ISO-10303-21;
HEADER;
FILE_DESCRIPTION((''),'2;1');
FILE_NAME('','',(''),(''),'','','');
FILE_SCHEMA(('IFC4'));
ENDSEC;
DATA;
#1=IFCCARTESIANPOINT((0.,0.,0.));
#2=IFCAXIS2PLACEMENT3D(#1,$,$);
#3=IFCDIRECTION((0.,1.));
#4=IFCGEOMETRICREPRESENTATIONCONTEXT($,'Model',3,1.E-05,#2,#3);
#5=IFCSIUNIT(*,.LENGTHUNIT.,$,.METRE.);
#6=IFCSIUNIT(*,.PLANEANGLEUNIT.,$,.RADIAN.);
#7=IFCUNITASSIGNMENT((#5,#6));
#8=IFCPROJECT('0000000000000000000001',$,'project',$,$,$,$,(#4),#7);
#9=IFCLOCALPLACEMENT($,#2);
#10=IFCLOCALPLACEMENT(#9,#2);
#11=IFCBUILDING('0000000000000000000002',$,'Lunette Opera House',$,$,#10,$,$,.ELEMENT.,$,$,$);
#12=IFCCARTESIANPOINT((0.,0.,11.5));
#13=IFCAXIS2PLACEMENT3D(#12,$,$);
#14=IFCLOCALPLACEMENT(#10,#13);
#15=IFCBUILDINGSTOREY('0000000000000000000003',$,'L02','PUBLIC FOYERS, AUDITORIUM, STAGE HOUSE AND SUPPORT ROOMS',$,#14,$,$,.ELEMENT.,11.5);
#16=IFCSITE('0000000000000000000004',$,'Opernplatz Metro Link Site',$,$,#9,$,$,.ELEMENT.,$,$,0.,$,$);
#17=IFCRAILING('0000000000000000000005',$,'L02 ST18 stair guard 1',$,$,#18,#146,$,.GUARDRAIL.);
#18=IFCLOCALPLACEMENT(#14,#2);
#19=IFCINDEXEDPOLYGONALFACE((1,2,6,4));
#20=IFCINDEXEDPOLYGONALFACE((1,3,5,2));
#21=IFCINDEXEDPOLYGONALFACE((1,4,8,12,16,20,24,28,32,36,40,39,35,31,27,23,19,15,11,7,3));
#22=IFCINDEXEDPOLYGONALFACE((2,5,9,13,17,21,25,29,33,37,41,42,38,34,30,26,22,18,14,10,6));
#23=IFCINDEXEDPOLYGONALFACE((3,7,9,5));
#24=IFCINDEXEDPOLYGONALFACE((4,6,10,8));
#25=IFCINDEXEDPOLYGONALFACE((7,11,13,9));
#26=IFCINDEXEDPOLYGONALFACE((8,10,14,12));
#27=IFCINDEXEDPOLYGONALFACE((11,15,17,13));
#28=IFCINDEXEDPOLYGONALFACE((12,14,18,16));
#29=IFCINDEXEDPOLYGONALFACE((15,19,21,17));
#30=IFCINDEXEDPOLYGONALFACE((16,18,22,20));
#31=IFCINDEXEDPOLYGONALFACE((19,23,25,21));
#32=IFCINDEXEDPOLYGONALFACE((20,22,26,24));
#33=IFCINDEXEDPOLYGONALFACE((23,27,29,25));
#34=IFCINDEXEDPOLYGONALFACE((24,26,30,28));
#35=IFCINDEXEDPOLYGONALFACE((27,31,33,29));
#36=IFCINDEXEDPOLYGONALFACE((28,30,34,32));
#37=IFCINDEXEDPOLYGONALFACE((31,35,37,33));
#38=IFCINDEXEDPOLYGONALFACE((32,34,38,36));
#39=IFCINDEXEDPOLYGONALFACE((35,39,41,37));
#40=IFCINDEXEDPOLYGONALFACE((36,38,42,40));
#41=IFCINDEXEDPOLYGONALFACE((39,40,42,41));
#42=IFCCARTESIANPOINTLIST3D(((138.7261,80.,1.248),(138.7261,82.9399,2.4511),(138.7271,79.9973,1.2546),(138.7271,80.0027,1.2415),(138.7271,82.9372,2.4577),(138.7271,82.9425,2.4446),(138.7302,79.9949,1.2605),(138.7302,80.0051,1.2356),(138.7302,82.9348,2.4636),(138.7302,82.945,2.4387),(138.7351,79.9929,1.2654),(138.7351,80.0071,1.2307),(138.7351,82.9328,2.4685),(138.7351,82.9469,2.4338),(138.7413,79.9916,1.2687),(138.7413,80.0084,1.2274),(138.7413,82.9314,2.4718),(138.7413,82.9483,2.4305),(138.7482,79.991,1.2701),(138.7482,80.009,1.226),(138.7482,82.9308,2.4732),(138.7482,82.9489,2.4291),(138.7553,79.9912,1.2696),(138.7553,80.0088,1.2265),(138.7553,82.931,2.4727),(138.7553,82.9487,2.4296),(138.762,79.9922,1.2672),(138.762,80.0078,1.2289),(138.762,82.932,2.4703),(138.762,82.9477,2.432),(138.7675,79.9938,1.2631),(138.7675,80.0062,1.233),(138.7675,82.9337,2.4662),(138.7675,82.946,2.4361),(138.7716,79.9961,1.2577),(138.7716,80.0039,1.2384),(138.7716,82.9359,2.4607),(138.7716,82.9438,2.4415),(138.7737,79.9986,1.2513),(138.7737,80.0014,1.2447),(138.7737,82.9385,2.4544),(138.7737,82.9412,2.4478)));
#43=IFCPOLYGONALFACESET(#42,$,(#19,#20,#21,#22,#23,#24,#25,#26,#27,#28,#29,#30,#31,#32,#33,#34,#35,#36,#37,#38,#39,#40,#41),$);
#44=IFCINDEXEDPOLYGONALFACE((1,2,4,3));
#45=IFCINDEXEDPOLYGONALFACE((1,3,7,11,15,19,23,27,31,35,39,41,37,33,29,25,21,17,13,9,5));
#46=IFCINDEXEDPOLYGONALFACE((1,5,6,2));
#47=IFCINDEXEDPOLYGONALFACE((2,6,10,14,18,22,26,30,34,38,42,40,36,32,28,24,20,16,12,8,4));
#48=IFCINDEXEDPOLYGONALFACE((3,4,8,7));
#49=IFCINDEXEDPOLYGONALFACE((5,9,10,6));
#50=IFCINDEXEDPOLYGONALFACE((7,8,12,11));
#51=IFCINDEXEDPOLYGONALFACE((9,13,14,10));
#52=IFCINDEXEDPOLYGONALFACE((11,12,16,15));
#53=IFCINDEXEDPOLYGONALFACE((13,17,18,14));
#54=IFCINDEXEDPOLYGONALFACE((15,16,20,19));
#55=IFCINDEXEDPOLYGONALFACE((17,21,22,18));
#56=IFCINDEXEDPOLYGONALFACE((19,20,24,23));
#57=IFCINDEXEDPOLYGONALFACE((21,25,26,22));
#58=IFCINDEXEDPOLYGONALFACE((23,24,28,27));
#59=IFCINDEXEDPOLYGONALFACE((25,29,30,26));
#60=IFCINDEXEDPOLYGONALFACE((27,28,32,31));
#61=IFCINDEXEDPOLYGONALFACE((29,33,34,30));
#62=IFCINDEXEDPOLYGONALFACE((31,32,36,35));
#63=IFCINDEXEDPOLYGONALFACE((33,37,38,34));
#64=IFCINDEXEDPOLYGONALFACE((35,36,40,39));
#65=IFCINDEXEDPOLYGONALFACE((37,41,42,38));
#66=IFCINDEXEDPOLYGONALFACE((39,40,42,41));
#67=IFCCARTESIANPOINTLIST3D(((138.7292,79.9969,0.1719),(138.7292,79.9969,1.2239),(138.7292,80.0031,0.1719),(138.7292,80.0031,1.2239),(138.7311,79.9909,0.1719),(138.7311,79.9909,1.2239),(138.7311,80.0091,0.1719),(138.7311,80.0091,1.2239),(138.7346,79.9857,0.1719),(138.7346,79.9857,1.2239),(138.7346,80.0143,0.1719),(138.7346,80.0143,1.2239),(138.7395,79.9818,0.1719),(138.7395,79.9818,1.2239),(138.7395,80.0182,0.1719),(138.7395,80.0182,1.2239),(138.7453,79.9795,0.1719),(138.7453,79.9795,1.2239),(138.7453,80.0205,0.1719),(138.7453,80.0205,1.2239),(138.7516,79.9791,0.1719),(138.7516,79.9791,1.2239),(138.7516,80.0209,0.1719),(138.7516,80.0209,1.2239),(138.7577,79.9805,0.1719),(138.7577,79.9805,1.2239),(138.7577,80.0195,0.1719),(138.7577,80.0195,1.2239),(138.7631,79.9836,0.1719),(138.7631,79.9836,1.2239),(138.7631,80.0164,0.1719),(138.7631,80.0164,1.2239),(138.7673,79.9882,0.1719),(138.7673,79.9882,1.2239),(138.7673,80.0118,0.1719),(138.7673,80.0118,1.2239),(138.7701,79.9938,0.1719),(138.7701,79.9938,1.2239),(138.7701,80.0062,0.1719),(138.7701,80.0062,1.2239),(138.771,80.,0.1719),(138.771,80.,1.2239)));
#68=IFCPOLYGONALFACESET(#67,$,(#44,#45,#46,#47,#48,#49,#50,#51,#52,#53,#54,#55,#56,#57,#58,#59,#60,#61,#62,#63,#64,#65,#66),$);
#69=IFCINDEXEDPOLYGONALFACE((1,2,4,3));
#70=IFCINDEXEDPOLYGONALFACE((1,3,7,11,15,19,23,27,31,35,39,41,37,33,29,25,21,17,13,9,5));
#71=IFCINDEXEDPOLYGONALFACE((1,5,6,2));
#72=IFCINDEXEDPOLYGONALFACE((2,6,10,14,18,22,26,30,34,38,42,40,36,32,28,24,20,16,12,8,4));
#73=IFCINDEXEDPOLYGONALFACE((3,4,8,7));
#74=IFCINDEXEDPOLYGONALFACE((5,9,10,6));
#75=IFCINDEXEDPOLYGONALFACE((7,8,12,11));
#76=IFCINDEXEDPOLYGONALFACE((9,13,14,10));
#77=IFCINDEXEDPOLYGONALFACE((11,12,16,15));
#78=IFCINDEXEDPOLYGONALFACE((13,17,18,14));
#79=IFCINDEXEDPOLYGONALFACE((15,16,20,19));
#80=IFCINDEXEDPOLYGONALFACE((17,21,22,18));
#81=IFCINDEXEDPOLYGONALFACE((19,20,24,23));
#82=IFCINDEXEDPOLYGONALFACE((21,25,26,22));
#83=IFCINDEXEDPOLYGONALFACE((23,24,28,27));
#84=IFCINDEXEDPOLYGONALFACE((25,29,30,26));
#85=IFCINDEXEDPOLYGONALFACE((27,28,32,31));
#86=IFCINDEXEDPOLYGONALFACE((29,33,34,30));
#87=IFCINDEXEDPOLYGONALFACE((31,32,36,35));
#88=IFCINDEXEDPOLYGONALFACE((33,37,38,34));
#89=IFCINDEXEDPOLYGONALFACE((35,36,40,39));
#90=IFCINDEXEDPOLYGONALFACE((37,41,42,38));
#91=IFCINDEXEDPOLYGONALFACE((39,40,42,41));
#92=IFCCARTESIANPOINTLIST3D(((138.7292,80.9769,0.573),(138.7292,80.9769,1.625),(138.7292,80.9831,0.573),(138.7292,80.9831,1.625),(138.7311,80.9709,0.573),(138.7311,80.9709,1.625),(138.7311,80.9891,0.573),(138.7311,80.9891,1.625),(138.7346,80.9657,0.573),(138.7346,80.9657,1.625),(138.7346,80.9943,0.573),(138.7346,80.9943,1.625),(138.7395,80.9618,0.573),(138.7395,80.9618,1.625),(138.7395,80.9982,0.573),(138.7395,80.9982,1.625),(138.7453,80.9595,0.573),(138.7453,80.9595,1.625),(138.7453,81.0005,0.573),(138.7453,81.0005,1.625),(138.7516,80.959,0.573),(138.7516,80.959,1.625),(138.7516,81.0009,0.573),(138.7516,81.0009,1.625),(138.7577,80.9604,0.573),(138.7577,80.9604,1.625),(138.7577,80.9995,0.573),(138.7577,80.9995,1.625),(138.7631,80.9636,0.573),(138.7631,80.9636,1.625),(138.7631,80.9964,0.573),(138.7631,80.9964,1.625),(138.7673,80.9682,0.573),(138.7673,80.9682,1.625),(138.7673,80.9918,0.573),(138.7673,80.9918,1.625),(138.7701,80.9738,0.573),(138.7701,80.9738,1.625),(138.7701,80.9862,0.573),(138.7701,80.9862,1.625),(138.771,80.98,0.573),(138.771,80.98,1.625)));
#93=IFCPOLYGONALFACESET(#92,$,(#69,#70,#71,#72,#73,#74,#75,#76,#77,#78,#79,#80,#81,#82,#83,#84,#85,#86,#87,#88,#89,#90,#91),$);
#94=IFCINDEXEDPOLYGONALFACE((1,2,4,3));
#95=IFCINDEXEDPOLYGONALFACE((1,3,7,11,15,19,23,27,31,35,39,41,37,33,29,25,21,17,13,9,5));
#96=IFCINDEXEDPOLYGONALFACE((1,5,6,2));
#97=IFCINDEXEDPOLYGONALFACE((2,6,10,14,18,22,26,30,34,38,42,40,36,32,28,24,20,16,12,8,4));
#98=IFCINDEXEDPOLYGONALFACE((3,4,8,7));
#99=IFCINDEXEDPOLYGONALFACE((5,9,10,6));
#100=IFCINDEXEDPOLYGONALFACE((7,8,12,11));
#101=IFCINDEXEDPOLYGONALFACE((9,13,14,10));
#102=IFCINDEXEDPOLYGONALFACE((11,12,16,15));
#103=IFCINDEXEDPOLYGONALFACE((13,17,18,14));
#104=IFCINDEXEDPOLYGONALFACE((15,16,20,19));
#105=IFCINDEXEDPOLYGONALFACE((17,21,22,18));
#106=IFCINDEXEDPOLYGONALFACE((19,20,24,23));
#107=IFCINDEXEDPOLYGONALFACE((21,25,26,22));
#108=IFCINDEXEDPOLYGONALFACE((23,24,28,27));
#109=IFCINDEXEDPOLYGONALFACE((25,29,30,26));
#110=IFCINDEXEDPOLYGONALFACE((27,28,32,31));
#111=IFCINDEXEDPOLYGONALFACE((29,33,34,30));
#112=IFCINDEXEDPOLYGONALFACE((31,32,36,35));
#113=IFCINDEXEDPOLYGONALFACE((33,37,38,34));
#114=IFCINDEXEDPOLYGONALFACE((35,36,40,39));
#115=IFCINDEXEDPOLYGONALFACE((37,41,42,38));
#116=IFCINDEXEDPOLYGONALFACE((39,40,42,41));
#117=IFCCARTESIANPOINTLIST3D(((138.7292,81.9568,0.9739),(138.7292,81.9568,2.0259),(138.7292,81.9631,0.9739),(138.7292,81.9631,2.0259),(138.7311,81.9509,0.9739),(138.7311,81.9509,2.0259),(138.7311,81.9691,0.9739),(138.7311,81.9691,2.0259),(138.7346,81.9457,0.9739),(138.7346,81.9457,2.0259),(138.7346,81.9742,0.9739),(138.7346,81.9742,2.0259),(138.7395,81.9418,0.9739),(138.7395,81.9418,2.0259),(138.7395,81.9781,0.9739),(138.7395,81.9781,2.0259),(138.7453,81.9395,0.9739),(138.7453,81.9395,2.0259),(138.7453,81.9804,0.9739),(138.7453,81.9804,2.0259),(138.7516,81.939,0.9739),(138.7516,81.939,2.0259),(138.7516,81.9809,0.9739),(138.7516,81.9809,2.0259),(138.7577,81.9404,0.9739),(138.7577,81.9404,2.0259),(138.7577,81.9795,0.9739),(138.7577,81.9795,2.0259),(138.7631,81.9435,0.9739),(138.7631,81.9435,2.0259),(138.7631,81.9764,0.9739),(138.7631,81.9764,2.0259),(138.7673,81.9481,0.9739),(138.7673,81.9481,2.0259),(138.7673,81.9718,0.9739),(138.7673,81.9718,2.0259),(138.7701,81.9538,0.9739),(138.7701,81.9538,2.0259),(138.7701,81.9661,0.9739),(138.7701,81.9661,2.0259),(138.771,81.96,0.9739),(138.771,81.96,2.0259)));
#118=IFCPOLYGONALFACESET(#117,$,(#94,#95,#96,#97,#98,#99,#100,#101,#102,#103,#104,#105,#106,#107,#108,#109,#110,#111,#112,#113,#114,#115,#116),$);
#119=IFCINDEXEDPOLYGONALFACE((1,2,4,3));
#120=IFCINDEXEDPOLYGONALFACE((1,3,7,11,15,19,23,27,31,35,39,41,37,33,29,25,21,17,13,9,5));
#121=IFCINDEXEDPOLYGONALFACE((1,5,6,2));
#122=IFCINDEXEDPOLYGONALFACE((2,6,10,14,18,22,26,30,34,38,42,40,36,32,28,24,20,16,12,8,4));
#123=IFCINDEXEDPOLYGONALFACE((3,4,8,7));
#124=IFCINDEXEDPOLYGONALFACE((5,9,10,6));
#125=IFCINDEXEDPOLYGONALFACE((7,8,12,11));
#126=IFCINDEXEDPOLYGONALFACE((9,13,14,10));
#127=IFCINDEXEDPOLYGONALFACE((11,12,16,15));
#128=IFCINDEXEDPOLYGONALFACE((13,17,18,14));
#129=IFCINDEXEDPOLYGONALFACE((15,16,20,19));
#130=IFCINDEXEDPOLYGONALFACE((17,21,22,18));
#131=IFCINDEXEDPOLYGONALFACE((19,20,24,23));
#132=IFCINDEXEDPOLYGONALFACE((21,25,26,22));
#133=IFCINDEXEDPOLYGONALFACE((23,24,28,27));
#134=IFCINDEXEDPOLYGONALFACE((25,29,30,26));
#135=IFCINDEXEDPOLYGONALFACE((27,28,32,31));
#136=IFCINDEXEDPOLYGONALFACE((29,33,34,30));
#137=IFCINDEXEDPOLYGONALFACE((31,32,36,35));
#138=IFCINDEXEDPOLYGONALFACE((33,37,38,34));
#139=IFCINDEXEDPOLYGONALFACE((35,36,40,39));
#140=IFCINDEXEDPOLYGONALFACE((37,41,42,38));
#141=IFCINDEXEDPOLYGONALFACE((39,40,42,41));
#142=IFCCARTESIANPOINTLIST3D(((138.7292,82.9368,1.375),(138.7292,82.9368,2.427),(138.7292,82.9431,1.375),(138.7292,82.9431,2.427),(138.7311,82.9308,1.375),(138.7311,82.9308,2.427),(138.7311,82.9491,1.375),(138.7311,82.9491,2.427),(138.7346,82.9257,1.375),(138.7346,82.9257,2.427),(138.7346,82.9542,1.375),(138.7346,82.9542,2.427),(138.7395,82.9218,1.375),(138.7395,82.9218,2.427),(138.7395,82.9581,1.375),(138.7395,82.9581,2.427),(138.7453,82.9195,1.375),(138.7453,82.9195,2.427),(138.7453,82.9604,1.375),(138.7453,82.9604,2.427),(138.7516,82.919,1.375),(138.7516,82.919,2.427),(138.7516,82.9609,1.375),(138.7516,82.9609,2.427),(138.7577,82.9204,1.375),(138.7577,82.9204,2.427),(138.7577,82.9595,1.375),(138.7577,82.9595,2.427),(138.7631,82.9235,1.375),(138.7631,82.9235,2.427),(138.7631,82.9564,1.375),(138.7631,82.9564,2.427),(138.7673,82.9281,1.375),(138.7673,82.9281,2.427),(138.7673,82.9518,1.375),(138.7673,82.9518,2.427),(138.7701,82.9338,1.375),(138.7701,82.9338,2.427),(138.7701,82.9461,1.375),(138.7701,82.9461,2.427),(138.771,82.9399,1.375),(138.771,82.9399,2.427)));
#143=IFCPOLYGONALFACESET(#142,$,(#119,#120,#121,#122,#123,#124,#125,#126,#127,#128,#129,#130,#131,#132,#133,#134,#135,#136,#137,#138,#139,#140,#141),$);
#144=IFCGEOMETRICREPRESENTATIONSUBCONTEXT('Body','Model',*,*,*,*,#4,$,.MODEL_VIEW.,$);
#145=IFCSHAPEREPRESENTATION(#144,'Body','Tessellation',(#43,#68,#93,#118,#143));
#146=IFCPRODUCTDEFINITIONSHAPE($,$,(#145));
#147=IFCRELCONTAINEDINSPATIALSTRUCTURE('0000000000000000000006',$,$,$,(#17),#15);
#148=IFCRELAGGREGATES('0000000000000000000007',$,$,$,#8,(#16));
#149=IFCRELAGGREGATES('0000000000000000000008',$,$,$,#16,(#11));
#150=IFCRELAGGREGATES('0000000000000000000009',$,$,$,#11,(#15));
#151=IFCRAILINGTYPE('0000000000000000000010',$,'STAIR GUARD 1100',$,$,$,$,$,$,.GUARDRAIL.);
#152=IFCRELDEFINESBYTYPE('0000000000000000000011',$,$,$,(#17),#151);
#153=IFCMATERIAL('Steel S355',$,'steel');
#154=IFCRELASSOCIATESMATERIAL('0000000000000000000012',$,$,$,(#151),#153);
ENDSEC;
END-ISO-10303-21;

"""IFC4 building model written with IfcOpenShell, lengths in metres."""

from ifc_helpers import new_model, si_unit, direction, frame, origin, origin_2d, place, context, subcontext, project, spatial, circle, extrude, material, type_object, element, save


model = new_model("IFC4")

# Units and contexts
model_context = context("Model", 3, precision=1e-05, world=origin(), true_north=direction((0.0, 1.0)))
body_context = subcontext(model_context, "Body", "Model", "MODEL_VIEW")
ifc_project = project(units=[si_unit("LENGTHUNIT", "METRE"), si_unit("PLANEANGLEUNIT", "RADIAN")], contexts=[model_context])

# Site, building, storey
site_placement = place(None, origin())
site = spatial("IfcSite", under=ifc_project, at=site_placement, Name="Opernplatz Metro Link Site", CompositionType="ELEMENT", RefElevation=0.0)
building_placement = place(site_placement, origin())
building = spatial("IfcBuilding", under=site, at=building_placement, Name="Lunette Opera House", CompositionType="ELEMENT")
storey_placement = place(building_placement, frame((0.0, 0.0, 11.5)))
storey = spatial("IfcBuildingStorey", under=building, at=storey_placement, Name="L02", Description="PUBLIC FOYERS, AUDITORIUM, STAGE HOUSE AND SUPPORT ROOMS", CompositionType="ELEMENT", Elevation=11.5)

# Railing
ifc_material_1 = material(Name="Steel S355", Category="steel")
railing_type_1 = type_object("IfcRailingType", Name="STAIR GUARD 1100", PredefinedType="GUARDRAIL", material=ifc_material_1)
railing_1_placement = place(storey_placement, frame((138.75, 80.0, 0.1719)))
element("IfcRailing", 1, at=railing_1_placement, inside=storey, type_object=railing_type_1, Name="L02 ST18 stair guard 1", PredefinedType="GUARDRAIL", context=body_context, shape_type="SweptSolid", body=[
    extrude(circle(Radius=0.0239, at=origin_2d()), frame((0.0, 0.0, 1.0762), z_axis=(0.0, 0.9255, 0.378747), x_axis=(-1.0, 0.0, 0.0)), (0.0, 0.0, 1.0), 3.1765),
    extrude(circle(Radius=0.021, at=origin_2d()), origin(), (0.0, 0.0, 1.0), 1.052),
    extrude(circle(Radius=0.021, at=origin_2d()), frame((0.0, 0.98, 0.4011)), (0.0, 0.0, 1.0), 1.052),
    extrude(circle(Radius=0.021, at=origin_2d()), frame((0.0, 1.96, 0.802)), (0.0, 0.0, 1.0), 1.052),
    extrude(circle(Radius=0.021, at=origin_2d()), frame((0.0, 2.9399, 1.2031)), (0.0, 0.0, 1.0), 1.052),
])

save(model, "model.ifc")
